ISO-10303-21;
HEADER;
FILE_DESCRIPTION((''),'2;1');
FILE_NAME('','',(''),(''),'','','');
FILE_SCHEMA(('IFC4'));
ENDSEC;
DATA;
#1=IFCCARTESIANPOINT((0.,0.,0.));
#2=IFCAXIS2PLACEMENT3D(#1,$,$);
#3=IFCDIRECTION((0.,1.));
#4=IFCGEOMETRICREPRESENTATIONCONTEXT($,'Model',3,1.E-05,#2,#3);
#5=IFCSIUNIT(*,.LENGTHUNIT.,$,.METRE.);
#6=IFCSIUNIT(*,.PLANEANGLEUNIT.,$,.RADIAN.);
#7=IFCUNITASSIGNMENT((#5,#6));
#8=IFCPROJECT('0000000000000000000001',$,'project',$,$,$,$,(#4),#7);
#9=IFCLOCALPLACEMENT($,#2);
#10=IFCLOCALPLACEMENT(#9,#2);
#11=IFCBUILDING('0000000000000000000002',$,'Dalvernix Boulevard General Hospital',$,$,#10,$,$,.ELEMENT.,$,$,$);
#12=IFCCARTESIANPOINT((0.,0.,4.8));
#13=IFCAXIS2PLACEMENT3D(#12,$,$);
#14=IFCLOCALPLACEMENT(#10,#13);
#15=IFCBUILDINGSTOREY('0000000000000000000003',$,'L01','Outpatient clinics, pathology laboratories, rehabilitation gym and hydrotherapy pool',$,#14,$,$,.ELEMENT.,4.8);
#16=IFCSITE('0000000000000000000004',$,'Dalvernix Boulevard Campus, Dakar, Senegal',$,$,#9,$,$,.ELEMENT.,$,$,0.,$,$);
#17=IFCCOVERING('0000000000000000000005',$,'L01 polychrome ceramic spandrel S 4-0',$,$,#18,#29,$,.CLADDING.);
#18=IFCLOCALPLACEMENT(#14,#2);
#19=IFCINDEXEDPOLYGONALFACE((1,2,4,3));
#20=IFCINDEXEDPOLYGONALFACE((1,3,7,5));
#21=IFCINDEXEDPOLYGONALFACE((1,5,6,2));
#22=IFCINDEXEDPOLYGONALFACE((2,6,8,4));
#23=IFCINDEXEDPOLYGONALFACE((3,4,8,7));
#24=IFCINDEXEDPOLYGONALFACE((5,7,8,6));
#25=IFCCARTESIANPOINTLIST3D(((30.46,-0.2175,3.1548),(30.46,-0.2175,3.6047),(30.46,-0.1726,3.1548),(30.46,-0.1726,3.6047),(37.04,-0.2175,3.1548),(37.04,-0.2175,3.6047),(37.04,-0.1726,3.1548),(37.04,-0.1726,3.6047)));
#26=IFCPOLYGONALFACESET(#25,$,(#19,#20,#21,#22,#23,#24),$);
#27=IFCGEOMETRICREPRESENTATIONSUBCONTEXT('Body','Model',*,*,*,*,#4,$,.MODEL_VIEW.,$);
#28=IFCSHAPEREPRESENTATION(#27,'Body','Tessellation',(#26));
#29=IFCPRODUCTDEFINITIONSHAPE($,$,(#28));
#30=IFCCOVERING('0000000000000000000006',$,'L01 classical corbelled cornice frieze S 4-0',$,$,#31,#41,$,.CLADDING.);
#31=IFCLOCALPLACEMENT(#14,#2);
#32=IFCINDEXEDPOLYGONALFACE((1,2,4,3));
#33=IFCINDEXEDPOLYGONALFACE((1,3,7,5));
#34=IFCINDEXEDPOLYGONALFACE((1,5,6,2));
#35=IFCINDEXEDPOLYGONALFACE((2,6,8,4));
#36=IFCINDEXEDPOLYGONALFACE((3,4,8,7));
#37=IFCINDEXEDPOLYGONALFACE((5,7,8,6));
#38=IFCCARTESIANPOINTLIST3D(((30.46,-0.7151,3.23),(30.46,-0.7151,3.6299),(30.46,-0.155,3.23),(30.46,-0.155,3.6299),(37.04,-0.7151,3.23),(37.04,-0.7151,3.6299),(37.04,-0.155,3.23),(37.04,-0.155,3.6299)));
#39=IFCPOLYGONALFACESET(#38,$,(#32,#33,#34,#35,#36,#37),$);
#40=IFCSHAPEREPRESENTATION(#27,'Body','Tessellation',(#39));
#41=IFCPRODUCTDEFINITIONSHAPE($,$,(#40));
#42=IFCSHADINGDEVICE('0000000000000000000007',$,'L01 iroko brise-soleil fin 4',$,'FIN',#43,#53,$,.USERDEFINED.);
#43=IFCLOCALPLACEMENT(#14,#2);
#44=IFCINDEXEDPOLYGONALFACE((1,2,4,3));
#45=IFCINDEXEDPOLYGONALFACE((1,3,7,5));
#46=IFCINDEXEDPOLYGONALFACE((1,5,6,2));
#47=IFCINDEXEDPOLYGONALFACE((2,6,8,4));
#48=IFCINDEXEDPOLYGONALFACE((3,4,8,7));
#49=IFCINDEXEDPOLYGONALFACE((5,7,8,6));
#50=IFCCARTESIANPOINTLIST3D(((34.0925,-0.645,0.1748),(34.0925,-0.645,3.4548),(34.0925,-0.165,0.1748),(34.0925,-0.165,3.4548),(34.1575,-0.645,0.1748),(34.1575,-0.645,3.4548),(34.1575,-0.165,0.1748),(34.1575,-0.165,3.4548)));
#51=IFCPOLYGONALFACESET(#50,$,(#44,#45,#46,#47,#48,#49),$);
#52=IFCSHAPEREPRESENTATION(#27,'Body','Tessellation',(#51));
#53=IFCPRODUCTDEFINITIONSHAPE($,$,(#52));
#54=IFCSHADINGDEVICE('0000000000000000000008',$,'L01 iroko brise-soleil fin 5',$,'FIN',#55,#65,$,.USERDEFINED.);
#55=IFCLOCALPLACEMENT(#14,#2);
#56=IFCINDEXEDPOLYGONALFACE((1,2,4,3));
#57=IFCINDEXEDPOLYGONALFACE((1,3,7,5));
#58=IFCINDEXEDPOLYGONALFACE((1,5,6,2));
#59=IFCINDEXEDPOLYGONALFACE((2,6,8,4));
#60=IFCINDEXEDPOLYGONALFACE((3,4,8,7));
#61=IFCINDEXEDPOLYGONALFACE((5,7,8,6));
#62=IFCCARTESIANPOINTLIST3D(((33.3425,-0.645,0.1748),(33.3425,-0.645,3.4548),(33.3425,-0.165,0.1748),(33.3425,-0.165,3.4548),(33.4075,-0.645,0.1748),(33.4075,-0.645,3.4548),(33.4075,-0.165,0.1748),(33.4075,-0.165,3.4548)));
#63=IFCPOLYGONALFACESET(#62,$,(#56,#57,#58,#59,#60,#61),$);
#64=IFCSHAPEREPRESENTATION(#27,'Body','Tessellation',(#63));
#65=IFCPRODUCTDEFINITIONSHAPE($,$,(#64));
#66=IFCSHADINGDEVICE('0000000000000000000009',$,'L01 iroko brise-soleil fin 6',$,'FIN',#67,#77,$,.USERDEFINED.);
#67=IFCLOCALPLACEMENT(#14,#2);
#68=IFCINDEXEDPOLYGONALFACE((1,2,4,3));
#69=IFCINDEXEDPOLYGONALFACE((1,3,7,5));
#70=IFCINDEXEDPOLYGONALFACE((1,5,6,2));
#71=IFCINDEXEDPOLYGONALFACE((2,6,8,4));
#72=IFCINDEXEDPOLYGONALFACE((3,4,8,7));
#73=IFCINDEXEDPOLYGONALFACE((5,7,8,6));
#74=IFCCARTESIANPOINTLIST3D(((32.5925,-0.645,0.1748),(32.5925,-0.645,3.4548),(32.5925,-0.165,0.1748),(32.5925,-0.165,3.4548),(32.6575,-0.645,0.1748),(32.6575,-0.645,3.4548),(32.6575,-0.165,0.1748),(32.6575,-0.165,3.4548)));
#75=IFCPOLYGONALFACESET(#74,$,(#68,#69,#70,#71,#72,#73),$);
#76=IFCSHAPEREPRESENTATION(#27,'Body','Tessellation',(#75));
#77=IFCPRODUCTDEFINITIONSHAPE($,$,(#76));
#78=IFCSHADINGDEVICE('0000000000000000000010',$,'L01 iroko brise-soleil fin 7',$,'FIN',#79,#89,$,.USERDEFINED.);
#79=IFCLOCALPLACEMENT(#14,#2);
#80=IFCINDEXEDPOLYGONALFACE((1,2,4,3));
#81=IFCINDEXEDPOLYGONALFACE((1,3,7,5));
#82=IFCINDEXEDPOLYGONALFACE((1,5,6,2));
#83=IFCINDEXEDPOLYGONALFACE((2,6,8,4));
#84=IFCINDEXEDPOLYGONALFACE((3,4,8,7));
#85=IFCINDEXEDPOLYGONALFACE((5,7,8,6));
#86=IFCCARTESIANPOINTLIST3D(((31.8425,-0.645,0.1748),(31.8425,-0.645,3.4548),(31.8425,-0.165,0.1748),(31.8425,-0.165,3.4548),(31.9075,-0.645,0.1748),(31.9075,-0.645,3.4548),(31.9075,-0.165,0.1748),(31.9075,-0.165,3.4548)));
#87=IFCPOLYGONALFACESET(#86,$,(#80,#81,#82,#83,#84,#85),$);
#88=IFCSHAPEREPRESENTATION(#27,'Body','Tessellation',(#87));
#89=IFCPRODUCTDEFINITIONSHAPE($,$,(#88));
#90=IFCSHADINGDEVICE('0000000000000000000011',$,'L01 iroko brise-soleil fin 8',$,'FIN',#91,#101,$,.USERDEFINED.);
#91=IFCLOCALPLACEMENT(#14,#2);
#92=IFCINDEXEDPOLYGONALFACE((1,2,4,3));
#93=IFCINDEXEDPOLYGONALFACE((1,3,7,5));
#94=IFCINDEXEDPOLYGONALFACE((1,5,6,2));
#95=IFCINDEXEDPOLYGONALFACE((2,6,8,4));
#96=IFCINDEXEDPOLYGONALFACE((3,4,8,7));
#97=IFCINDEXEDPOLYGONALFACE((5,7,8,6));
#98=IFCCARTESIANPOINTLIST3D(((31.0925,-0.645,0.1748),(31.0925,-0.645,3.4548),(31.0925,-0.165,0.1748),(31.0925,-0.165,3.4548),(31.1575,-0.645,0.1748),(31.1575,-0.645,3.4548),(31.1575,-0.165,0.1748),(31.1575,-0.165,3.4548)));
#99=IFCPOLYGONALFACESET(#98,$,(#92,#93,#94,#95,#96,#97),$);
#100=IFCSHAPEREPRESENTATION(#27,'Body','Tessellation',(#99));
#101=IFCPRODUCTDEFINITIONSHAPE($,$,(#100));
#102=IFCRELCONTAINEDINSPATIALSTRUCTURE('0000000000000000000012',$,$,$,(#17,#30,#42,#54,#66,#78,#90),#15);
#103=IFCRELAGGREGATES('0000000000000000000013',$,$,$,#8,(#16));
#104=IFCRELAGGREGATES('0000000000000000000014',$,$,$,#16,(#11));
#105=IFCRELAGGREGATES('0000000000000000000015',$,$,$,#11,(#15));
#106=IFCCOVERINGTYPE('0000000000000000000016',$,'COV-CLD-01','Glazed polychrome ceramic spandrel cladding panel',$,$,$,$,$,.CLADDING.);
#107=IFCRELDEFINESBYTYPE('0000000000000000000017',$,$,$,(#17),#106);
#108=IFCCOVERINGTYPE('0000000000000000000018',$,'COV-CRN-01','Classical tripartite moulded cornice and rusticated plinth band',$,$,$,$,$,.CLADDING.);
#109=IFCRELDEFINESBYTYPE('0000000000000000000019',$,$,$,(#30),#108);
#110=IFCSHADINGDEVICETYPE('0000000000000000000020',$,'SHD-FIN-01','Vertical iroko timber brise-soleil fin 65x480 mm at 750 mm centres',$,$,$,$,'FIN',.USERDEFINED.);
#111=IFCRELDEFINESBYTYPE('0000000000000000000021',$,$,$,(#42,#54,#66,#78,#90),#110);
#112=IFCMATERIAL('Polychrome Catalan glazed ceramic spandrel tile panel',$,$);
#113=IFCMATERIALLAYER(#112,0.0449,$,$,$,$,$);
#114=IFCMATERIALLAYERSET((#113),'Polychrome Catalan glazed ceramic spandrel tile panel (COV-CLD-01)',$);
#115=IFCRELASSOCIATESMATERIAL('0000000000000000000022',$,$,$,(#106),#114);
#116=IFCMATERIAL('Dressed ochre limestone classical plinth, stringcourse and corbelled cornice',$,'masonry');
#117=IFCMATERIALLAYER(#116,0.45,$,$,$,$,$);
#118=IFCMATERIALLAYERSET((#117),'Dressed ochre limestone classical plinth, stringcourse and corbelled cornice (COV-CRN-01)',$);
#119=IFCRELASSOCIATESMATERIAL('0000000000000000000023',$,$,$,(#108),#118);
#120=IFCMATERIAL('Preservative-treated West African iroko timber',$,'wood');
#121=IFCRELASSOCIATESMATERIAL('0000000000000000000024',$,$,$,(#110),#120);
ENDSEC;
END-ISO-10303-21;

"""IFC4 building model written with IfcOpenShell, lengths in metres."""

from ifc_helpers import new_model, si_unit, direction, frame, origin, origin_2d, place, context, subcontext, project, spatial, rectangle, extrude, material, layer, layer_set, type_object, element, save


model = new_model("IFC4")

# Units and contexts
model_context = context("Model", 3, precision=1e-05, world=origin(), true_north=direction((0.0, 1.0)))
body_context = subcontext(model_context, "Body", "Model", "MODEL_VIEW")
ifc_project = project(units=[si_unit("LENGTHUNIT", "METRE"), si_unit("PLANEANGLEUNIT", "RADIAN")], contexts=[model_context])

# Site, building, storey
site_placement = place(None, origin())
site = spatial("IfcSite", under=ifc_project, at=site_placement, Name="Dalvernix Boulevard Campus, Dakar, Senegal", CompositionType="ELEMENT", RefElevation=0.0)
building_placement = place(site_placement, origin())
building = spatial("IfcBuilding", under=site, at=building_placement, Name="Dalvernix Boulevard General Hospital", CompositionType="ELEMENT")
storey_placement = place(building_placement, frame((0.0, 0.0, 4.8)))
storey = spatial("IfcBuildingStorey", under=building, at=storey_placement, Name="L01", Description="Outpatient clinics, pathology laboratories, rehabilitation gym and hydrotherapy pool", CompositionType="ELEMENT", Elevation=4.8)

# Coverings
ifc_material_1 = material(Name="Polychrome Catalan glazed ceramic spandrel tile panel")
ifc_layer_1 = layer(ifc_material_1, 0.0449)
ifc_layer_set_1 = layer_set([ifc_layer_1], Name="Polychrome Catalan glazed ceramic spandrel tile panel (COV-CLD-01)")
covering_type_1 = type_object("IfcCoveringType", Name="COV-CLD-01", Description="Glazed polychrome ceramic spandrel cladding panel", PredefinedType="CLADDING", material=ifc_layer_set_1)
covering_1_placement = place(storey_placement, frame((33.75, -0.1951, 3.1548), z_axis=(0.0, 0.0, 1.0), x_axis=(-1.0, 0.0, 0.0)))
element("IfcCovering", 1, at=covering_1_placement, inside=storey, type_object=covering_type_1, Name="L01 polychrome ceramic spandrel S 4-0", PredefinedType="CLADDING", context=body_context, shape_type="SweptSolid", body=[
    extrude(rectangle(XDim=6.5801, YDim=0.0449, at=origin_2d()), origin(), (0.0, 0.0, 1.0), 0.45),
])
ifc_material_2 = material(Name="Dressed ochre limestone classical plinth, stringcourse and corbelled cornice", Category="masonry")
ifc_layer_2 = layer(ifc_material_2, 0.45)
ifc_layer_set_2 = layer_set([ifc_layer_2], Name="Dressed ochre limestone classical plinth, stringcourse and corbelled cornice (COV-CRN-01)")
covering_type_2 = type_object("IfcCoveringType", Name="COV-CRN-01", Description="Classical tripartite moulded cornice and rusticated plinth band", PredefinedType="CLADDING", material=ifc_layer_set_2)
covering_2_placement = place(storey_placement, frame((33.75, -0.4351, 3.23), z_axis=(0.0, 0.0, 1.0), x_axis=(-1.0, 0.0, 0.0)))
element("IfcCovering", 2, at=covering_2_placement, inside=storey, type_object=covering_type_2, Name="L01 classical corbelled cornice frieze S 4-0", PredefinedType="CLADDING", context=body_context, shape_type="SweptSolid", body=[
    extrude(rectangle(XDim=6.5801, YDim=0.5601, at=origin_2d()), origin(), (0.0, 0.0, 1.0), 0.3999),
])

# Shading devices
ifc_material_3 = material(Name="Preservative-treated West African iroko timber", Category="wood")
shading_device_type = type_object("IfcShadingDeviceType", Name="SHD-FIN-01", Description="Vertical iroko timber brise-soleil fin 65x480 mm at 750 mm centres", ElementType="FIN", PredefinedType="USERDEFINED", material=ifc_material_3)
for number, where, z_axis, x_axis, name in (
    (3, (34.125, -0.405, 0.1748), (0.0, 0.0, 1.0), (-1.0, 0.0, 0.0), "L01 iroko brise-soleil fin 4"),
    (4, (33.375, -0.405, 0.1748), (0.0, 0.0, 1.0), (-1.0, 0.0, 0.0), "L01 iroko brise-soleil fin 5"),
    (5, (32.625, -0.405, 0.1748), (0.0, 0.0, 1.0), (-1.0, 0.0, 0.0), "L01 iroko brise-soleil fin 6"),
    (6, (31.875, -0.405, 0.1748), (0.0, 0.0, 1.0), (-1.0, 0.0, 0.0), "L01 iroko brise-soleil fin 7"),
    (7, (31.125, -0.405, 0.1748), (0.0, 0.0, 1.0), (-1.0, 0.0, 0.0), "L01 iroko brise-soleil fin 8"),
):
    element("IfcShadingDevice", number, at=place(storey_placement, frame(where, z_axis=z_axis, x_axis=x_axis)), inside=storey, type_object=shading_device_type, Name=name, ObjectType="FIN", PredefinedType="USERDEFINED", context=body_context, shape_type="SweptSolid", body=[
        extrude(rectangle(XDim=0.0649, YDim=0.48, at=origin_2d()), origin(), (0.0, 0.0, 1.0), 3.28),
    ])

save(model, "model.ifc")
